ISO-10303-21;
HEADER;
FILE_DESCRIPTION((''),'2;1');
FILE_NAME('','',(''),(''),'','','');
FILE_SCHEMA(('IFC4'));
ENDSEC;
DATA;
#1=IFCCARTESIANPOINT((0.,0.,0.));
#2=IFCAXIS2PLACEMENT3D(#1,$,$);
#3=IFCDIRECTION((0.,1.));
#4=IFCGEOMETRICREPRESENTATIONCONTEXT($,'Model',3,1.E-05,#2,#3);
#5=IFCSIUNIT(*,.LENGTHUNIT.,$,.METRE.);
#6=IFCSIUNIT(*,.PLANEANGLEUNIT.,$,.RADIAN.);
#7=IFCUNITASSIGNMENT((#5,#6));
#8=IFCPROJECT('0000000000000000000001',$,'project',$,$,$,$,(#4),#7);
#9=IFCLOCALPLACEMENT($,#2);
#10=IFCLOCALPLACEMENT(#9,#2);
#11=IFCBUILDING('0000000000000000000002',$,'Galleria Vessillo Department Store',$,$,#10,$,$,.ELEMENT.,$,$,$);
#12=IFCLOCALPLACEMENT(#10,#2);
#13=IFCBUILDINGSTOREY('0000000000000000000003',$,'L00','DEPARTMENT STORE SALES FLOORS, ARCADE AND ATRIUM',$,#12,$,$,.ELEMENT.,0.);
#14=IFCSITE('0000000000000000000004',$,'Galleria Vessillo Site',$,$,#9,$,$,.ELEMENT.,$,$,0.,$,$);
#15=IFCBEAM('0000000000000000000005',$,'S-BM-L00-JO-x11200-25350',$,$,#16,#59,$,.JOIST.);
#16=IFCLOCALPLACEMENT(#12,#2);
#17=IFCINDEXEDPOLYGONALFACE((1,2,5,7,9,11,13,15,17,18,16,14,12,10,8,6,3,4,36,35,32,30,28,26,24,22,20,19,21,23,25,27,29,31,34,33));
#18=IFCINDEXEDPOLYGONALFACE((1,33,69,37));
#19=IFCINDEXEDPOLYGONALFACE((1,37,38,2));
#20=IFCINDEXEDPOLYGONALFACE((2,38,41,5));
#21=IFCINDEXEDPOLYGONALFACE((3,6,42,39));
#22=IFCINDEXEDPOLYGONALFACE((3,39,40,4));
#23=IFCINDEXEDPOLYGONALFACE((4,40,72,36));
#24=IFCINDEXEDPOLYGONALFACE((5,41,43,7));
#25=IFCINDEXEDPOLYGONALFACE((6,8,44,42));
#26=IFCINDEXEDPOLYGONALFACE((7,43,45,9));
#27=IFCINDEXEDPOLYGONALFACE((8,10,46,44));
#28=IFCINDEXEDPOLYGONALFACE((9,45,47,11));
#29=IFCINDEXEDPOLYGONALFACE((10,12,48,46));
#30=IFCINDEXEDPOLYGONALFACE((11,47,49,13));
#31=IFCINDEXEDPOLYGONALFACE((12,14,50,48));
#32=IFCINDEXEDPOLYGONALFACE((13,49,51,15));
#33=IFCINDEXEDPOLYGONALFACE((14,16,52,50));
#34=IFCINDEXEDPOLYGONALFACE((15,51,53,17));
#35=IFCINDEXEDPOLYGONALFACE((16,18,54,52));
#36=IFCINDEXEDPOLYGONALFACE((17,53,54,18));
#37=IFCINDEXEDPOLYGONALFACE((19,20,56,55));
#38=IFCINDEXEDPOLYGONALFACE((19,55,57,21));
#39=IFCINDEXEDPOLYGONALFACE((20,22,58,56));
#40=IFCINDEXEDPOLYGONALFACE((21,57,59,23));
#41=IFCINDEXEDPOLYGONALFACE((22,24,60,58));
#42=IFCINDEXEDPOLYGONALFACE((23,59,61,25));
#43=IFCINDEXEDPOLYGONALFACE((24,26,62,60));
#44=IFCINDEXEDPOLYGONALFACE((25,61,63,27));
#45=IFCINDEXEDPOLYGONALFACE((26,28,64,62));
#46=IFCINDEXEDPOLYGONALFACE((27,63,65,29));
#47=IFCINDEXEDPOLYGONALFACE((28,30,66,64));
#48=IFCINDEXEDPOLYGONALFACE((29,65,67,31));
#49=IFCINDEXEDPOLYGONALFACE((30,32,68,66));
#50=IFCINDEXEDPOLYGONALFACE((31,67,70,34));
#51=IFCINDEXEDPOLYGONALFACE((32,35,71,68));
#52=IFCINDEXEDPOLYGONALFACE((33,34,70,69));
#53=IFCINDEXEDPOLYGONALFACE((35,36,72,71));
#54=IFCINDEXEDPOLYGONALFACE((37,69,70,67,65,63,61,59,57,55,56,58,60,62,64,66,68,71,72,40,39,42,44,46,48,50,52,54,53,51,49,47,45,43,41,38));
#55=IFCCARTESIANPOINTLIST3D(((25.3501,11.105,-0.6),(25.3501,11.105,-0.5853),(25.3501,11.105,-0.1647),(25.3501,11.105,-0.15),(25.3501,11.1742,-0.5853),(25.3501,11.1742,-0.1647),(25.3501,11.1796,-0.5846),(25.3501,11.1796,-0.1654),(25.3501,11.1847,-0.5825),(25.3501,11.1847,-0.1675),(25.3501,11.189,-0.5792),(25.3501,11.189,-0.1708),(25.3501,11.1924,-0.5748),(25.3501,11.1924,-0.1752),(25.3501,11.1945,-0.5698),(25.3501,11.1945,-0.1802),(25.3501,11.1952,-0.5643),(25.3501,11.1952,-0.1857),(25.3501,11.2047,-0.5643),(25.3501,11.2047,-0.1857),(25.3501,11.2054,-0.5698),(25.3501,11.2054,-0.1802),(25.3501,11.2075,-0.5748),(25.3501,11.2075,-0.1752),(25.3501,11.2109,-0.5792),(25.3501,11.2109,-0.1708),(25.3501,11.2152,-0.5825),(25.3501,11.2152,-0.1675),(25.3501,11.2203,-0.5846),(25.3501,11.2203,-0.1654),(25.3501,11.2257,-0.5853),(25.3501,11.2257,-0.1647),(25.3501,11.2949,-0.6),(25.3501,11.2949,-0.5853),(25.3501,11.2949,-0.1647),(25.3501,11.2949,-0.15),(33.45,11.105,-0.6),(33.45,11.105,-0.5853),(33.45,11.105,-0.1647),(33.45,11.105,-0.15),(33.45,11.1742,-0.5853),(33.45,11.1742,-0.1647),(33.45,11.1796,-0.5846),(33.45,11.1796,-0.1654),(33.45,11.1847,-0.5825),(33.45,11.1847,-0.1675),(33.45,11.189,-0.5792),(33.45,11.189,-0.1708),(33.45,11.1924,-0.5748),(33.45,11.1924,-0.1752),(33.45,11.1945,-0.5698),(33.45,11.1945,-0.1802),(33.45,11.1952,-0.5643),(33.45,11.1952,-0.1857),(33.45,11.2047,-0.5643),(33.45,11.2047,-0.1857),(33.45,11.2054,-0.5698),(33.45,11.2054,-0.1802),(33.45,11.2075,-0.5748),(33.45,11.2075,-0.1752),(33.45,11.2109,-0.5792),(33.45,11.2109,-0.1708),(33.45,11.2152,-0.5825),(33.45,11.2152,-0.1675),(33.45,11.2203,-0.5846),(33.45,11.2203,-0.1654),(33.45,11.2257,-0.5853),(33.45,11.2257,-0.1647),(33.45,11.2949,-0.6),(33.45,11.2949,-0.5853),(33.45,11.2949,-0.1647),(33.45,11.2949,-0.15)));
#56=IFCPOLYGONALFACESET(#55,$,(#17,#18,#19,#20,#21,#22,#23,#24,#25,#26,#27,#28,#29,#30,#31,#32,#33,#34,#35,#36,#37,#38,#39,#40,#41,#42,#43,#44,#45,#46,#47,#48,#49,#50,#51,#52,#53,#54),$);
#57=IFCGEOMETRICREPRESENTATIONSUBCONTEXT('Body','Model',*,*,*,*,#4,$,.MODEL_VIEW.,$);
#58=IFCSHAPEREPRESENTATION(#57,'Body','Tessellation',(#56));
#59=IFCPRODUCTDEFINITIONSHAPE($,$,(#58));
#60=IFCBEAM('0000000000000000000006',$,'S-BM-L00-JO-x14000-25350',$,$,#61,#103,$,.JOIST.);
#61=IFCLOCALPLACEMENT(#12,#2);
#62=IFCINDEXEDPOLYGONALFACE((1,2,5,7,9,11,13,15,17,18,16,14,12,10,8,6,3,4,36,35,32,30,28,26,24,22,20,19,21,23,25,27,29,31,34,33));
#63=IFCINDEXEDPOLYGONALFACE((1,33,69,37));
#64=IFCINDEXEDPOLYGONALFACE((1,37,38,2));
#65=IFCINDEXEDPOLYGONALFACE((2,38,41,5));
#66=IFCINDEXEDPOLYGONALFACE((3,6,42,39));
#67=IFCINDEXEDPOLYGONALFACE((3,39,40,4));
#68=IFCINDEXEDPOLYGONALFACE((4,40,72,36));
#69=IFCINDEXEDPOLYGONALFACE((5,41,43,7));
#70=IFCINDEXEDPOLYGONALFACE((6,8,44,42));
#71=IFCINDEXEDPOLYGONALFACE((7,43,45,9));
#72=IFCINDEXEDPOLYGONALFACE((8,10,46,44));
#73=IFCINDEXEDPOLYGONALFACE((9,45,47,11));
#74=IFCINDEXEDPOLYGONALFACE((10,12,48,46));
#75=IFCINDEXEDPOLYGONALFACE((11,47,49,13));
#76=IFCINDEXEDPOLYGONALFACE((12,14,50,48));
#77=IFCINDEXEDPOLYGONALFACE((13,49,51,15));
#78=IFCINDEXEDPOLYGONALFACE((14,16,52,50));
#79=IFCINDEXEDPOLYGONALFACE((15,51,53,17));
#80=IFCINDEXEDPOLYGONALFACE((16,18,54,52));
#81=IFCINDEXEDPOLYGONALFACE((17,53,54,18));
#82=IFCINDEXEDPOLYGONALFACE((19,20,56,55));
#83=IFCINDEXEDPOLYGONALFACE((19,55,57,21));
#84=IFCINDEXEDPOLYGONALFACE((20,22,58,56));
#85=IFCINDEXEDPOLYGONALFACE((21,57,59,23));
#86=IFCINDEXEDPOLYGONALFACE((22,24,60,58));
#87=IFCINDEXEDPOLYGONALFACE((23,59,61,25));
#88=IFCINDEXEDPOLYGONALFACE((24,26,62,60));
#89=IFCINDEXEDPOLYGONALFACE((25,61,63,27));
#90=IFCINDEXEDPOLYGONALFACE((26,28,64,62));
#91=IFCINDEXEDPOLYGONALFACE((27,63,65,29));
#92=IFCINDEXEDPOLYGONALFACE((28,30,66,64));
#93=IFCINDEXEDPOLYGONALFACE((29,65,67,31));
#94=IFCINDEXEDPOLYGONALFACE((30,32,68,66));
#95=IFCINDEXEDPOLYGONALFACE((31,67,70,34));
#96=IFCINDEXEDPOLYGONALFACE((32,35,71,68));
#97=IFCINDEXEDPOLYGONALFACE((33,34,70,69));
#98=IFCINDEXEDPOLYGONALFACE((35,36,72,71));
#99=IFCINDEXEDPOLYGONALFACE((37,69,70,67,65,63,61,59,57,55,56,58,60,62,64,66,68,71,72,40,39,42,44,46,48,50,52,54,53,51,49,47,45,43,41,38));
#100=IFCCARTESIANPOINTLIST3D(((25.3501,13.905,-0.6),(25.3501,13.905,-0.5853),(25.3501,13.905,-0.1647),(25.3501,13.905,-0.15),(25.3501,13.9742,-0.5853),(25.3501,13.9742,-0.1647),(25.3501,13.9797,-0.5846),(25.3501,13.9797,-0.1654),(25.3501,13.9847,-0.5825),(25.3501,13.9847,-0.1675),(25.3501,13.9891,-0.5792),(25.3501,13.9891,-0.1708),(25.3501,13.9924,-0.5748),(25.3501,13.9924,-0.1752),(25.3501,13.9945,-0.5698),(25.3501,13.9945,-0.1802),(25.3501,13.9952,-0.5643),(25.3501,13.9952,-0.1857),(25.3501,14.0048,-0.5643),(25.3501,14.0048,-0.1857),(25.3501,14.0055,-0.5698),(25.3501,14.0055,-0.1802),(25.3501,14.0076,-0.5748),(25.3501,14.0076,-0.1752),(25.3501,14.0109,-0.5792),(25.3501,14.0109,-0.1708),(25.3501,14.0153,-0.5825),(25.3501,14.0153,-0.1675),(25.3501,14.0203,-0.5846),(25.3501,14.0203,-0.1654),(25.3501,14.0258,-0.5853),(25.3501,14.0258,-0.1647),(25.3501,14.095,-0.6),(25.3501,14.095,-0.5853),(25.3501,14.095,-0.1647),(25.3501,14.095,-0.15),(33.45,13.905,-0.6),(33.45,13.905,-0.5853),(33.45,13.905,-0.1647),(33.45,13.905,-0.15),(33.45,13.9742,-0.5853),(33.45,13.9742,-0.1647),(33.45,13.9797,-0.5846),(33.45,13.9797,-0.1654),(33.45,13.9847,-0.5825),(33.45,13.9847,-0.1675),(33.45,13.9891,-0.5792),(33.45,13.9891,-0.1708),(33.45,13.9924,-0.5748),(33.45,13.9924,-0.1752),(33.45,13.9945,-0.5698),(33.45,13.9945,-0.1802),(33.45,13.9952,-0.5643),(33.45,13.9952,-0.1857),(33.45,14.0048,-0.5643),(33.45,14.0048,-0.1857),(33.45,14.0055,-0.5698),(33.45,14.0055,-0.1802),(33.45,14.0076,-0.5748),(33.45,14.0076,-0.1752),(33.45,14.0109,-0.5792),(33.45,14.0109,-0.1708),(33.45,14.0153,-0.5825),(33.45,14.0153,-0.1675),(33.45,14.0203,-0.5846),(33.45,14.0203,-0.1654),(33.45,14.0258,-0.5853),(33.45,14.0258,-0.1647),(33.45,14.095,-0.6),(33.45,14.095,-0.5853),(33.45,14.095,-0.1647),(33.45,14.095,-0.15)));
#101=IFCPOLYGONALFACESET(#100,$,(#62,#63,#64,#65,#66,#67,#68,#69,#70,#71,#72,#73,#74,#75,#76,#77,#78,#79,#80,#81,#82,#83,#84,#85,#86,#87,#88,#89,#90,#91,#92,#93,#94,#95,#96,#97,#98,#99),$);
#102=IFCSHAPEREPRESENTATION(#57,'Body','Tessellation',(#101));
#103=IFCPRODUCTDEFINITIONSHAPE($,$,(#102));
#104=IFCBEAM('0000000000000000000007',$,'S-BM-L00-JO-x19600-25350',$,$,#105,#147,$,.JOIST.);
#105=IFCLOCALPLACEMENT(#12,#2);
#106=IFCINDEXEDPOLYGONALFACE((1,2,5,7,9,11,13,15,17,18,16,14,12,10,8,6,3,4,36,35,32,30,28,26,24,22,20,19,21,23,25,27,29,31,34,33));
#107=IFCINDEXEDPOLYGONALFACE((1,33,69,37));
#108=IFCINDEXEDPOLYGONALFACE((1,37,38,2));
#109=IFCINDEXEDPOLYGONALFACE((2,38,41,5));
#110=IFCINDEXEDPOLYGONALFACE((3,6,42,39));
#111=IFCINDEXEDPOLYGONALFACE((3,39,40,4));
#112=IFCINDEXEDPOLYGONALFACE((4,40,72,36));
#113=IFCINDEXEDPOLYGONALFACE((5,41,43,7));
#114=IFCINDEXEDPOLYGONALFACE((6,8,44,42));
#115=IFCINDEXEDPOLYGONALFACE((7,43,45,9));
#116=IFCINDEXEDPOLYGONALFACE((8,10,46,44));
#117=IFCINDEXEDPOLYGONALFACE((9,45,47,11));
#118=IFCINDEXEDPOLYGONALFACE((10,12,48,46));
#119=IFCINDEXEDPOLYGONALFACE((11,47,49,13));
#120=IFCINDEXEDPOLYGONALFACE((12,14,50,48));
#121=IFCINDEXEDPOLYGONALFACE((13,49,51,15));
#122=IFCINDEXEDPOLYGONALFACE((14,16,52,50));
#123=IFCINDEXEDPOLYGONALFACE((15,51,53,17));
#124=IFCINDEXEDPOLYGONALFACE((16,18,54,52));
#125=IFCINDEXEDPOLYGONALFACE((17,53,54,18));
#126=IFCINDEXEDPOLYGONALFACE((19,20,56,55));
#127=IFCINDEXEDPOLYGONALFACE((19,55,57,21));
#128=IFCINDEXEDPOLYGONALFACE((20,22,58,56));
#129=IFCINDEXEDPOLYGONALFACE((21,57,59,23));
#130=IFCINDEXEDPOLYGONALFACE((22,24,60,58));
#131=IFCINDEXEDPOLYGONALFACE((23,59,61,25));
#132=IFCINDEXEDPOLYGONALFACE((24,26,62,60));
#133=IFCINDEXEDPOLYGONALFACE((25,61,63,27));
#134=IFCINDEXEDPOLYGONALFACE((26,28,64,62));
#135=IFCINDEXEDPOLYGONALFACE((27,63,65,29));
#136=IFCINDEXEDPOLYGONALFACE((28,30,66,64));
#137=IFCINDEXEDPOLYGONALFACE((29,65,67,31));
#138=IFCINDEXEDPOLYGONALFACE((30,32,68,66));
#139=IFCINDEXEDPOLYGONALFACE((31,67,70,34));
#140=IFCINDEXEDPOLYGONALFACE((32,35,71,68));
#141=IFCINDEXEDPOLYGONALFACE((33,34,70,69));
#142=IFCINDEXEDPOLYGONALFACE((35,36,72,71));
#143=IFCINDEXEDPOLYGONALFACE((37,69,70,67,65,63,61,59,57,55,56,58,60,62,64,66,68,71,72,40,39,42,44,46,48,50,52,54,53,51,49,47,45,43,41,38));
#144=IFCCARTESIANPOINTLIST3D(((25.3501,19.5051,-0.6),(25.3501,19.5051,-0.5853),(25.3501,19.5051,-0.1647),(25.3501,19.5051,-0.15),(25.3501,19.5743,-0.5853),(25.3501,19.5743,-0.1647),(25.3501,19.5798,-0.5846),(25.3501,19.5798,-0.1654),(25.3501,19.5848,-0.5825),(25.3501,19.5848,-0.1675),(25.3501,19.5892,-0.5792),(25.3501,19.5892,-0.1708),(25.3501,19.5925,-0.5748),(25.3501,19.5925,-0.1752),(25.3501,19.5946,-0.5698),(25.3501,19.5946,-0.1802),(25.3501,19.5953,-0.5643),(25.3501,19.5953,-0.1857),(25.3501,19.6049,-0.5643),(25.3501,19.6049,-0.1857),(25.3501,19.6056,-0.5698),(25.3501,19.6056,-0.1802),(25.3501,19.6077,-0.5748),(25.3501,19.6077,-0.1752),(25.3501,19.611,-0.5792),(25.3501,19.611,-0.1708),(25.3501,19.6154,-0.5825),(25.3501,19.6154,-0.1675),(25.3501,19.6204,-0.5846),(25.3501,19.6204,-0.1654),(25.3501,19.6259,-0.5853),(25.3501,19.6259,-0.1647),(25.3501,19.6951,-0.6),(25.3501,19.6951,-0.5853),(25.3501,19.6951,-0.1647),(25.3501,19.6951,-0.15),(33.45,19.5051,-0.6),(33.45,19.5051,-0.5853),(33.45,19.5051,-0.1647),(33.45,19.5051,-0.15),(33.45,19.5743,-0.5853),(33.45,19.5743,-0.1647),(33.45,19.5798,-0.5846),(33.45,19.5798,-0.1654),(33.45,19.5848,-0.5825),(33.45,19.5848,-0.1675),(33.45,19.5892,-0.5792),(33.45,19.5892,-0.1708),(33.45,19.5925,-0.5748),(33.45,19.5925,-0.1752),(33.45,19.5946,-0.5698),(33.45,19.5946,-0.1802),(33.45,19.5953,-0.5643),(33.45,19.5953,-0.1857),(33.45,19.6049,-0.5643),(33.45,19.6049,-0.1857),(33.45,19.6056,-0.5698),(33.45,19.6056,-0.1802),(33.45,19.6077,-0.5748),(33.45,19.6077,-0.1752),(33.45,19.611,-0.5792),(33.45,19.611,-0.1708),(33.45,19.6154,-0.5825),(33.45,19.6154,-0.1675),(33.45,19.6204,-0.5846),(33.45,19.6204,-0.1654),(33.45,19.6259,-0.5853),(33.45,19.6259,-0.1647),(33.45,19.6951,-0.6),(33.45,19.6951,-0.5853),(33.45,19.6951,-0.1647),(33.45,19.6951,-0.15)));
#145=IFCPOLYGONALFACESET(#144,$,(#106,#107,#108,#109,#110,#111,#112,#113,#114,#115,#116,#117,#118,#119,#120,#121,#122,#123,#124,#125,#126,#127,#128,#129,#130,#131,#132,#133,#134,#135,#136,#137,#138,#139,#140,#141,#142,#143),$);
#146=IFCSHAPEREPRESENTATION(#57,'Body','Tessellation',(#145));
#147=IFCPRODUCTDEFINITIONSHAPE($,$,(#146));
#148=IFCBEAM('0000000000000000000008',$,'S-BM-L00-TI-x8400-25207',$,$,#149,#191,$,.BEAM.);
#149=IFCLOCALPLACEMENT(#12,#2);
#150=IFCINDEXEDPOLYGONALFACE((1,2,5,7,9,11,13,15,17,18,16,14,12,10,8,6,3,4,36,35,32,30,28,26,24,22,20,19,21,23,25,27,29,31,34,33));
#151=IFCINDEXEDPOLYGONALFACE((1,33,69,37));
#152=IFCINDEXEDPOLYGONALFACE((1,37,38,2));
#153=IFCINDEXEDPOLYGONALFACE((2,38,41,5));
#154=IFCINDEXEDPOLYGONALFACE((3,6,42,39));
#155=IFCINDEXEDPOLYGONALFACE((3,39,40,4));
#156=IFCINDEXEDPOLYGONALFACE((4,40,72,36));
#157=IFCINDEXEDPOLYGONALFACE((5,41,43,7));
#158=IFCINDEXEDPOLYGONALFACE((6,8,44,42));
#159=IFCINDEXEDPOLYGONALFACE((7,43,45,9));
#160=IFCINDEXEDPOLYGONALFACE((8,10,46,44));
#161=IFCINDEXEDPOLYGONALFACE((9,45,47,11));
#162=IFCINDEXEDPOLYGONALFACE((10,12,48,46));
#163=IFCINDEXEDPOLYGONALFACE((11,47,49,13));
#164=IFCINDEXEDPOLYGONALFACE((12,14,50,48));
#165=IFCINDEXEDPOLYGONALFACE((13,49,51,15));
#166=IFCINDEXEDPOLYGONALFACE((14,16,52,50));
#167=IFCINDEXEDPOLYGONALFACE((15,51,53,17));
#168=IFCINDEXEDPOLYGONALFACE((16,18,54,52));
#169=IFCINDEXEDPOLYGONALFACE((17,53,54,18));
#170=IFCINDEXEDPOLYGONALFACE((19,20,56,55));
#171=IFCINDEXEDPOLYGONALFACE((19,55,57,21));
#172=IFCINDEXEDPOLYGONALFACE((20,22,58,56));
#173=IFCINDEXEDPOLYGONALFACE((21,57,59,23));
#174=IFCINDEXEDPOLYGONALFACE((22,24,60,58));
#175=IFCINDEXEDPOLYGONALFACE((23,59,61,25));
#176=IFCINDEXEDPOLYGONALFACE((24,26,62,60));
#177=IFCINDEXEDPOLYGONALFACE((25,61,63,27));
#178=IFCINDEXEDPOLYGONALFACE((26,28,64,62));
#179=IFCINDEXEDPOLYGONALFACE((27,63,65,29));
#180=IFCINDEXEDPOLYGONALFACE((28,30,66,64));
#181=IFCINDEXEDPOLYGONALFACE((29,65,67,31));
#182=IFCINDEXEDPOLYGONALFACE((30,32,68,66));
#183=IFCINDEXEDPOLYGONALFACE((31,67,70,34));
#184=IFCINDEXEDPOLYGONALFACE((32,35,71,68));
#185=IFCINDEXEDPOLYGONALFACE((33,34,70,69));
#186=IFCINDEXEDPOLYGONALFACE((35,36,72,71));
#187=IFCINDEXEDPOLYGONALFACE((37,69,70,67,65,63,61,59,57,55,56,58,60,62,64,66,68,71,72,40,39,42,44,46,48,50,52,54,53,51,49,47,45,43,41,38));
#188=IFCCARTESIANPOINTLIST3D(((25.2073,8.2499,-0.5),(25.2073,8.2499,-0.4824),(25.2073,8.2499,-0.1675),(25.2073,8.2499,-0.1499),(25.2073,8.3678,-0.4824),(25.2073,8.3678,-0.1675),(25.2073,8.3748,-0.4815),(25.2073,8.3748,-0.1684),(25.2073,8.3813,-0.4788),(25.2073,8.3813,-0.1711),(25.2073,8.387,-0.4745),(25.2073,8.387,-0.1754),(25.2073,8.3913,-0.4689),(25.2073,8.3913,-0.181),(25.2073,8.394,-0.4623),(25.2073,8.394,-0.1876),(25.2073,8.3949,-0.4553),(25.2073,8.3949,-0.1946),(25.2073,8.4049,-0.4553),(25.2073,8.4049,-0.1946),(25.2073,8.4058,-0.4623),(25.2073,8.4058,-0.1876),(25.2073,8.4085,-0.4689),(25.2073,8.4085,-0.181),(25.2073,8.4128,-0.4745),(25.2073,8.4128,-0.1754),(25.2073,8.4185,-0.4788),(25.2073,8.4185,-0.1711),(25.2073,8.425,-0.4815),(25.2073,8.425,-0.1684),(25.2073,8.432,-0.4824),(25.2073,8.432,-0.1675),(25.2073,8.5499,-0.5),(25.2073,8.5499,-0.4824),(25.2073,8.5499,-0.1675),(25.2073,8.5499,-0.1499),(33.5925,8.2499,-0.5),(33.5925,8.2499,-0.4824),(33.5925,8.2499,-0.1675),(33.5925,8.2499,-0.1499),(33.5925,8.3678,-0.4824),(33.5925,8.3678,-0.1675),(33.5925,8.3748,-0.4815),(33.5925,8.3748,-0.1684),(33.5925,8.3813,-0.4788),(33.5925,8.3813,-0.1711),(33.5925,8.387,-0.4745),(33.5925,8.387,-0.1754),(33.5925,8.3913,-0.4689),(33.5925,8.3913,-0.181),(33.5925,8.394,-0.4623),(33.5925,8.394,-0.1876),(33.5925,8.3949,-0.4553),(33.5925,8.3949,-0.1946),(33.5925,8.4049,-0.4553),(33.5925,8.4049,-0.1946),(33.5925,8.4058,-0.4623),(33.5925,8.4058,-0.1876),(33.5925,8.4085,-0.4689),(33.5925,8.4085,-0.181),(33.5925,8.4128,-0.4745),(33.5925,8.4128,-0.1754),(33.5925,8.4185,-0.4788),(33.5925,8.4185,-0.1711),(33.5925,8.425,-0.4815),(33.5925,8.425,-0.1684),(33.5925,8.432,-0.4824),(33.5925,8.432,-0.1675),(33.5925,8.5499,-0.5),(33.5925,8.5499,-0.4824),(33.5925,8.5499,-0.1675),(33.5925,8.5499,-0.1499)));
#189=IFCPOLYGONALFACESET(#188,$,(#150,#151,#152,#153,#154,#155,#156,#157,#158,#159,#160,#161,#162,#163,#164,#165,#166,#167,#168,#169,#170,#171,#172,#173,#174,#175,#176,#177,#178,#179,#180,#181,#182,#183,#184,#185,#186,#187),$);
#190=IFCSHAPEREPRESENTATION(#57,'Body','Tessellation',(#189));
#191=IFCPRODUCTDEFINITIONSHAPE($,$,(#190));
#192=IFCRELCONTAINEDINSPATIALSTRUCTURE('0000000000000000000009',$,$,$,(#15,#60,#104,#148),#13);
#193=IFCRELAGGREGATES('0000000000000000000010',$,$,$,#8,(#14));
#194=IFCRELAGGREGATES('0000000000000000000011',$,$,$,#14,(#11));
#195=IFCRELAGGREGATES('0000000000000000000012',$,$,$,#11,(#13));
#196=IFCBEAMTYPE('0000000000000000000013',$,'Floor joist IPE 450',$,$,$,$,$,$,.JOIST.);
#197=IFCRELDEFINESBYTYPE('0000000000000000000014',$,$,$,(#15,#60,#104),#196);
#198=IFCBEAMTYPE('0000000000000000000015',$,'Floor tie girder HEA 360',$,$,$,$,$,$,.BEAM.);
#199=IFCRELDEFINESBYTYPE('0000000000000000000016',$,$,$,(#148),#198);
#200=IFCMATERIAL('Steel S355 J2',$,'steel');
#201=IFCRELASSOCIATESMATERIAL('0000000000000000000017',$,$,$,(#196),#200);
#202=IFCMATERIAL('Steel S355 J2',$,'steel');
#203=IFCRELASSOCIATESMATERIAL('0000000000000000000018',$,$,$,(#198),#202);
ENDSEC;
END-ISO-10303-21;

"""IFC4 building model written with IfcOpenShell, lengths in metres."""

from ifc_helpers import new_model, si_unit, direction, frame, origin, origin_2d, place, context, subcontext, project, spatial, i_section, extrude, material, material_profile, profile_set, type_object, element, save


model = new_model("IFC4")

# Units and contexts
model_context = context("Model", 3, precision=1e-05, world=origin(), true_north=direction((0.0, 1.0)))
body_context = subcontext(model_context, "Body", "Model", "MODEL_VIEW")
ifc_project = project(units=[si_unit("LENGTHUNIT", "METRE"), si_unit("PLANEANGLEUNIT", "RADIAN")], contexts=[model_context])

# Site, building, storey
site_placement = place(None, origin())
site = spatial("IfcSite", under=ifc_project, at=site_placement, Name="Galleria Vessillo Site", CompositionType="ELEMENT", RefElevation=0.0)
building_placement = place(site_placement, origin())
building = spatial("IfcBuilding", under=site, at=building_placement, Name="Galleria Vessillo Department Store", CompositionType="ELEMENT")
storey_placement = place(building_placement, origin())
storey = spatial("IfcBuildingStorey", under=building, at=storey_placement, Name="L00", Description="DEPARTMENT STORE SALES FLOORS, ARCADE AND ATRIUM", CompositionType="ELEMENT", Elevation=0.0)

# Beams
ifc_material_1 = material(Name="Steel S355 J2", Category="steel")
ifc_material_profile_1 = material_profile(ifc_material_1, i_section(OverallWidth=0.1899, OverallDepth=0.45, WebThickness=0.0095, FlangeThickness=0.0146, FilletRadius=0.021, at=origin_2d()), Name="IPE 450")
ifc_profile_set_1 = profile_set([ifc_material_profile_1], Name="Steel S355 J2")
beam_type_1 = type_object("IfcBeamType", Name="Floor joist IPE 450", PredefinedType="JOIST", material=ifc_profile_set_1)
for number, where, z_axis, x_axis, name in (
    (1, (25.3501, 11.2, -0.375), (1.0, 0.0, 0.0), (0.0, 1.0, 0.0), "S-BM-L00-JO-x11200-25350"),
    (2, (25.3501, 14.0, -0.375), (1.0, 0.0, 0.0), (0.0, 1.0, 0.0), "S-BM-L00-JO-x14000-25350"),
    (3, (25.3501, 19.6001, -0.375), (1.0, 0.0, 0.0), (0.0, 1.0, 0.0), "S-BM-L00-JO-x19600-25350"),
):
    element("IfcBeam", number, at=place(storey_placement, frame(where, z_axis=z_axis, x_axis=x_axis)), inside=storey, type_object=beam_type_1, Name=name, PredefinedType="JOIST", context=body_context, shape_type="SweptSolid", body=[
        extrude(i_section(OverallWidth=0.1899, OverallDepth=0.45, WebThickness=0.0095, FlangeThickness=0.0146, FilletRadius=0.021, at=origin_2d()), origin(), (0.0, 0.0, 1.0), 8.0999),
    ])
ifc_material_2 = material(Name="Steel S355 J2", Category="steel")
ifc_material_profile_2 = material_profile(ifc_material_2, i_section(OverallWidth=0.3, OverallDepth=0.3501, WebThickness=0.01, FlangeThickness=0.0176, FilletRadius=0.0271, at=origin_2d()), Name="HEA 360")
ifc_profile_set_2 = profile_set([ifc_material_profile_2], Name="Steel S355 J2")
beam_type_2 = type_object("IfcBeamType", Name="Floor tie girder HEA 360", PredefinedType="BEAM", material=ifc_profile_set_2)
for number, where, z_axis, x_axis, name in (
    (4, (25.2073, 8.3999, -0.325), (1.0, 0.0, 0.0), (0.0, 1.0, 0.0), "S-BM-L00-TI-x8400-25207"),
):
    element("IfcBeam", number, at=place(storey_placement, frame(where, z_axis=z_axis, x_axis=x_axis)), inside=storey, type_object=beam_type_2, Name=name, PredefinedType="BEAM", context=body_context, shape_type="SweptSolid", body=[
        extrude(i_section(OverallWidth=0.3, OverallDepth=0.3501, WebThickness=0.01, FlangeThickness=0.0176, FilletRadius=0.0271, at=origin_2d()), origin(), (0.0, 0.0, 1.0), 8.3853),
    ])

save(model, "model.ifc")
